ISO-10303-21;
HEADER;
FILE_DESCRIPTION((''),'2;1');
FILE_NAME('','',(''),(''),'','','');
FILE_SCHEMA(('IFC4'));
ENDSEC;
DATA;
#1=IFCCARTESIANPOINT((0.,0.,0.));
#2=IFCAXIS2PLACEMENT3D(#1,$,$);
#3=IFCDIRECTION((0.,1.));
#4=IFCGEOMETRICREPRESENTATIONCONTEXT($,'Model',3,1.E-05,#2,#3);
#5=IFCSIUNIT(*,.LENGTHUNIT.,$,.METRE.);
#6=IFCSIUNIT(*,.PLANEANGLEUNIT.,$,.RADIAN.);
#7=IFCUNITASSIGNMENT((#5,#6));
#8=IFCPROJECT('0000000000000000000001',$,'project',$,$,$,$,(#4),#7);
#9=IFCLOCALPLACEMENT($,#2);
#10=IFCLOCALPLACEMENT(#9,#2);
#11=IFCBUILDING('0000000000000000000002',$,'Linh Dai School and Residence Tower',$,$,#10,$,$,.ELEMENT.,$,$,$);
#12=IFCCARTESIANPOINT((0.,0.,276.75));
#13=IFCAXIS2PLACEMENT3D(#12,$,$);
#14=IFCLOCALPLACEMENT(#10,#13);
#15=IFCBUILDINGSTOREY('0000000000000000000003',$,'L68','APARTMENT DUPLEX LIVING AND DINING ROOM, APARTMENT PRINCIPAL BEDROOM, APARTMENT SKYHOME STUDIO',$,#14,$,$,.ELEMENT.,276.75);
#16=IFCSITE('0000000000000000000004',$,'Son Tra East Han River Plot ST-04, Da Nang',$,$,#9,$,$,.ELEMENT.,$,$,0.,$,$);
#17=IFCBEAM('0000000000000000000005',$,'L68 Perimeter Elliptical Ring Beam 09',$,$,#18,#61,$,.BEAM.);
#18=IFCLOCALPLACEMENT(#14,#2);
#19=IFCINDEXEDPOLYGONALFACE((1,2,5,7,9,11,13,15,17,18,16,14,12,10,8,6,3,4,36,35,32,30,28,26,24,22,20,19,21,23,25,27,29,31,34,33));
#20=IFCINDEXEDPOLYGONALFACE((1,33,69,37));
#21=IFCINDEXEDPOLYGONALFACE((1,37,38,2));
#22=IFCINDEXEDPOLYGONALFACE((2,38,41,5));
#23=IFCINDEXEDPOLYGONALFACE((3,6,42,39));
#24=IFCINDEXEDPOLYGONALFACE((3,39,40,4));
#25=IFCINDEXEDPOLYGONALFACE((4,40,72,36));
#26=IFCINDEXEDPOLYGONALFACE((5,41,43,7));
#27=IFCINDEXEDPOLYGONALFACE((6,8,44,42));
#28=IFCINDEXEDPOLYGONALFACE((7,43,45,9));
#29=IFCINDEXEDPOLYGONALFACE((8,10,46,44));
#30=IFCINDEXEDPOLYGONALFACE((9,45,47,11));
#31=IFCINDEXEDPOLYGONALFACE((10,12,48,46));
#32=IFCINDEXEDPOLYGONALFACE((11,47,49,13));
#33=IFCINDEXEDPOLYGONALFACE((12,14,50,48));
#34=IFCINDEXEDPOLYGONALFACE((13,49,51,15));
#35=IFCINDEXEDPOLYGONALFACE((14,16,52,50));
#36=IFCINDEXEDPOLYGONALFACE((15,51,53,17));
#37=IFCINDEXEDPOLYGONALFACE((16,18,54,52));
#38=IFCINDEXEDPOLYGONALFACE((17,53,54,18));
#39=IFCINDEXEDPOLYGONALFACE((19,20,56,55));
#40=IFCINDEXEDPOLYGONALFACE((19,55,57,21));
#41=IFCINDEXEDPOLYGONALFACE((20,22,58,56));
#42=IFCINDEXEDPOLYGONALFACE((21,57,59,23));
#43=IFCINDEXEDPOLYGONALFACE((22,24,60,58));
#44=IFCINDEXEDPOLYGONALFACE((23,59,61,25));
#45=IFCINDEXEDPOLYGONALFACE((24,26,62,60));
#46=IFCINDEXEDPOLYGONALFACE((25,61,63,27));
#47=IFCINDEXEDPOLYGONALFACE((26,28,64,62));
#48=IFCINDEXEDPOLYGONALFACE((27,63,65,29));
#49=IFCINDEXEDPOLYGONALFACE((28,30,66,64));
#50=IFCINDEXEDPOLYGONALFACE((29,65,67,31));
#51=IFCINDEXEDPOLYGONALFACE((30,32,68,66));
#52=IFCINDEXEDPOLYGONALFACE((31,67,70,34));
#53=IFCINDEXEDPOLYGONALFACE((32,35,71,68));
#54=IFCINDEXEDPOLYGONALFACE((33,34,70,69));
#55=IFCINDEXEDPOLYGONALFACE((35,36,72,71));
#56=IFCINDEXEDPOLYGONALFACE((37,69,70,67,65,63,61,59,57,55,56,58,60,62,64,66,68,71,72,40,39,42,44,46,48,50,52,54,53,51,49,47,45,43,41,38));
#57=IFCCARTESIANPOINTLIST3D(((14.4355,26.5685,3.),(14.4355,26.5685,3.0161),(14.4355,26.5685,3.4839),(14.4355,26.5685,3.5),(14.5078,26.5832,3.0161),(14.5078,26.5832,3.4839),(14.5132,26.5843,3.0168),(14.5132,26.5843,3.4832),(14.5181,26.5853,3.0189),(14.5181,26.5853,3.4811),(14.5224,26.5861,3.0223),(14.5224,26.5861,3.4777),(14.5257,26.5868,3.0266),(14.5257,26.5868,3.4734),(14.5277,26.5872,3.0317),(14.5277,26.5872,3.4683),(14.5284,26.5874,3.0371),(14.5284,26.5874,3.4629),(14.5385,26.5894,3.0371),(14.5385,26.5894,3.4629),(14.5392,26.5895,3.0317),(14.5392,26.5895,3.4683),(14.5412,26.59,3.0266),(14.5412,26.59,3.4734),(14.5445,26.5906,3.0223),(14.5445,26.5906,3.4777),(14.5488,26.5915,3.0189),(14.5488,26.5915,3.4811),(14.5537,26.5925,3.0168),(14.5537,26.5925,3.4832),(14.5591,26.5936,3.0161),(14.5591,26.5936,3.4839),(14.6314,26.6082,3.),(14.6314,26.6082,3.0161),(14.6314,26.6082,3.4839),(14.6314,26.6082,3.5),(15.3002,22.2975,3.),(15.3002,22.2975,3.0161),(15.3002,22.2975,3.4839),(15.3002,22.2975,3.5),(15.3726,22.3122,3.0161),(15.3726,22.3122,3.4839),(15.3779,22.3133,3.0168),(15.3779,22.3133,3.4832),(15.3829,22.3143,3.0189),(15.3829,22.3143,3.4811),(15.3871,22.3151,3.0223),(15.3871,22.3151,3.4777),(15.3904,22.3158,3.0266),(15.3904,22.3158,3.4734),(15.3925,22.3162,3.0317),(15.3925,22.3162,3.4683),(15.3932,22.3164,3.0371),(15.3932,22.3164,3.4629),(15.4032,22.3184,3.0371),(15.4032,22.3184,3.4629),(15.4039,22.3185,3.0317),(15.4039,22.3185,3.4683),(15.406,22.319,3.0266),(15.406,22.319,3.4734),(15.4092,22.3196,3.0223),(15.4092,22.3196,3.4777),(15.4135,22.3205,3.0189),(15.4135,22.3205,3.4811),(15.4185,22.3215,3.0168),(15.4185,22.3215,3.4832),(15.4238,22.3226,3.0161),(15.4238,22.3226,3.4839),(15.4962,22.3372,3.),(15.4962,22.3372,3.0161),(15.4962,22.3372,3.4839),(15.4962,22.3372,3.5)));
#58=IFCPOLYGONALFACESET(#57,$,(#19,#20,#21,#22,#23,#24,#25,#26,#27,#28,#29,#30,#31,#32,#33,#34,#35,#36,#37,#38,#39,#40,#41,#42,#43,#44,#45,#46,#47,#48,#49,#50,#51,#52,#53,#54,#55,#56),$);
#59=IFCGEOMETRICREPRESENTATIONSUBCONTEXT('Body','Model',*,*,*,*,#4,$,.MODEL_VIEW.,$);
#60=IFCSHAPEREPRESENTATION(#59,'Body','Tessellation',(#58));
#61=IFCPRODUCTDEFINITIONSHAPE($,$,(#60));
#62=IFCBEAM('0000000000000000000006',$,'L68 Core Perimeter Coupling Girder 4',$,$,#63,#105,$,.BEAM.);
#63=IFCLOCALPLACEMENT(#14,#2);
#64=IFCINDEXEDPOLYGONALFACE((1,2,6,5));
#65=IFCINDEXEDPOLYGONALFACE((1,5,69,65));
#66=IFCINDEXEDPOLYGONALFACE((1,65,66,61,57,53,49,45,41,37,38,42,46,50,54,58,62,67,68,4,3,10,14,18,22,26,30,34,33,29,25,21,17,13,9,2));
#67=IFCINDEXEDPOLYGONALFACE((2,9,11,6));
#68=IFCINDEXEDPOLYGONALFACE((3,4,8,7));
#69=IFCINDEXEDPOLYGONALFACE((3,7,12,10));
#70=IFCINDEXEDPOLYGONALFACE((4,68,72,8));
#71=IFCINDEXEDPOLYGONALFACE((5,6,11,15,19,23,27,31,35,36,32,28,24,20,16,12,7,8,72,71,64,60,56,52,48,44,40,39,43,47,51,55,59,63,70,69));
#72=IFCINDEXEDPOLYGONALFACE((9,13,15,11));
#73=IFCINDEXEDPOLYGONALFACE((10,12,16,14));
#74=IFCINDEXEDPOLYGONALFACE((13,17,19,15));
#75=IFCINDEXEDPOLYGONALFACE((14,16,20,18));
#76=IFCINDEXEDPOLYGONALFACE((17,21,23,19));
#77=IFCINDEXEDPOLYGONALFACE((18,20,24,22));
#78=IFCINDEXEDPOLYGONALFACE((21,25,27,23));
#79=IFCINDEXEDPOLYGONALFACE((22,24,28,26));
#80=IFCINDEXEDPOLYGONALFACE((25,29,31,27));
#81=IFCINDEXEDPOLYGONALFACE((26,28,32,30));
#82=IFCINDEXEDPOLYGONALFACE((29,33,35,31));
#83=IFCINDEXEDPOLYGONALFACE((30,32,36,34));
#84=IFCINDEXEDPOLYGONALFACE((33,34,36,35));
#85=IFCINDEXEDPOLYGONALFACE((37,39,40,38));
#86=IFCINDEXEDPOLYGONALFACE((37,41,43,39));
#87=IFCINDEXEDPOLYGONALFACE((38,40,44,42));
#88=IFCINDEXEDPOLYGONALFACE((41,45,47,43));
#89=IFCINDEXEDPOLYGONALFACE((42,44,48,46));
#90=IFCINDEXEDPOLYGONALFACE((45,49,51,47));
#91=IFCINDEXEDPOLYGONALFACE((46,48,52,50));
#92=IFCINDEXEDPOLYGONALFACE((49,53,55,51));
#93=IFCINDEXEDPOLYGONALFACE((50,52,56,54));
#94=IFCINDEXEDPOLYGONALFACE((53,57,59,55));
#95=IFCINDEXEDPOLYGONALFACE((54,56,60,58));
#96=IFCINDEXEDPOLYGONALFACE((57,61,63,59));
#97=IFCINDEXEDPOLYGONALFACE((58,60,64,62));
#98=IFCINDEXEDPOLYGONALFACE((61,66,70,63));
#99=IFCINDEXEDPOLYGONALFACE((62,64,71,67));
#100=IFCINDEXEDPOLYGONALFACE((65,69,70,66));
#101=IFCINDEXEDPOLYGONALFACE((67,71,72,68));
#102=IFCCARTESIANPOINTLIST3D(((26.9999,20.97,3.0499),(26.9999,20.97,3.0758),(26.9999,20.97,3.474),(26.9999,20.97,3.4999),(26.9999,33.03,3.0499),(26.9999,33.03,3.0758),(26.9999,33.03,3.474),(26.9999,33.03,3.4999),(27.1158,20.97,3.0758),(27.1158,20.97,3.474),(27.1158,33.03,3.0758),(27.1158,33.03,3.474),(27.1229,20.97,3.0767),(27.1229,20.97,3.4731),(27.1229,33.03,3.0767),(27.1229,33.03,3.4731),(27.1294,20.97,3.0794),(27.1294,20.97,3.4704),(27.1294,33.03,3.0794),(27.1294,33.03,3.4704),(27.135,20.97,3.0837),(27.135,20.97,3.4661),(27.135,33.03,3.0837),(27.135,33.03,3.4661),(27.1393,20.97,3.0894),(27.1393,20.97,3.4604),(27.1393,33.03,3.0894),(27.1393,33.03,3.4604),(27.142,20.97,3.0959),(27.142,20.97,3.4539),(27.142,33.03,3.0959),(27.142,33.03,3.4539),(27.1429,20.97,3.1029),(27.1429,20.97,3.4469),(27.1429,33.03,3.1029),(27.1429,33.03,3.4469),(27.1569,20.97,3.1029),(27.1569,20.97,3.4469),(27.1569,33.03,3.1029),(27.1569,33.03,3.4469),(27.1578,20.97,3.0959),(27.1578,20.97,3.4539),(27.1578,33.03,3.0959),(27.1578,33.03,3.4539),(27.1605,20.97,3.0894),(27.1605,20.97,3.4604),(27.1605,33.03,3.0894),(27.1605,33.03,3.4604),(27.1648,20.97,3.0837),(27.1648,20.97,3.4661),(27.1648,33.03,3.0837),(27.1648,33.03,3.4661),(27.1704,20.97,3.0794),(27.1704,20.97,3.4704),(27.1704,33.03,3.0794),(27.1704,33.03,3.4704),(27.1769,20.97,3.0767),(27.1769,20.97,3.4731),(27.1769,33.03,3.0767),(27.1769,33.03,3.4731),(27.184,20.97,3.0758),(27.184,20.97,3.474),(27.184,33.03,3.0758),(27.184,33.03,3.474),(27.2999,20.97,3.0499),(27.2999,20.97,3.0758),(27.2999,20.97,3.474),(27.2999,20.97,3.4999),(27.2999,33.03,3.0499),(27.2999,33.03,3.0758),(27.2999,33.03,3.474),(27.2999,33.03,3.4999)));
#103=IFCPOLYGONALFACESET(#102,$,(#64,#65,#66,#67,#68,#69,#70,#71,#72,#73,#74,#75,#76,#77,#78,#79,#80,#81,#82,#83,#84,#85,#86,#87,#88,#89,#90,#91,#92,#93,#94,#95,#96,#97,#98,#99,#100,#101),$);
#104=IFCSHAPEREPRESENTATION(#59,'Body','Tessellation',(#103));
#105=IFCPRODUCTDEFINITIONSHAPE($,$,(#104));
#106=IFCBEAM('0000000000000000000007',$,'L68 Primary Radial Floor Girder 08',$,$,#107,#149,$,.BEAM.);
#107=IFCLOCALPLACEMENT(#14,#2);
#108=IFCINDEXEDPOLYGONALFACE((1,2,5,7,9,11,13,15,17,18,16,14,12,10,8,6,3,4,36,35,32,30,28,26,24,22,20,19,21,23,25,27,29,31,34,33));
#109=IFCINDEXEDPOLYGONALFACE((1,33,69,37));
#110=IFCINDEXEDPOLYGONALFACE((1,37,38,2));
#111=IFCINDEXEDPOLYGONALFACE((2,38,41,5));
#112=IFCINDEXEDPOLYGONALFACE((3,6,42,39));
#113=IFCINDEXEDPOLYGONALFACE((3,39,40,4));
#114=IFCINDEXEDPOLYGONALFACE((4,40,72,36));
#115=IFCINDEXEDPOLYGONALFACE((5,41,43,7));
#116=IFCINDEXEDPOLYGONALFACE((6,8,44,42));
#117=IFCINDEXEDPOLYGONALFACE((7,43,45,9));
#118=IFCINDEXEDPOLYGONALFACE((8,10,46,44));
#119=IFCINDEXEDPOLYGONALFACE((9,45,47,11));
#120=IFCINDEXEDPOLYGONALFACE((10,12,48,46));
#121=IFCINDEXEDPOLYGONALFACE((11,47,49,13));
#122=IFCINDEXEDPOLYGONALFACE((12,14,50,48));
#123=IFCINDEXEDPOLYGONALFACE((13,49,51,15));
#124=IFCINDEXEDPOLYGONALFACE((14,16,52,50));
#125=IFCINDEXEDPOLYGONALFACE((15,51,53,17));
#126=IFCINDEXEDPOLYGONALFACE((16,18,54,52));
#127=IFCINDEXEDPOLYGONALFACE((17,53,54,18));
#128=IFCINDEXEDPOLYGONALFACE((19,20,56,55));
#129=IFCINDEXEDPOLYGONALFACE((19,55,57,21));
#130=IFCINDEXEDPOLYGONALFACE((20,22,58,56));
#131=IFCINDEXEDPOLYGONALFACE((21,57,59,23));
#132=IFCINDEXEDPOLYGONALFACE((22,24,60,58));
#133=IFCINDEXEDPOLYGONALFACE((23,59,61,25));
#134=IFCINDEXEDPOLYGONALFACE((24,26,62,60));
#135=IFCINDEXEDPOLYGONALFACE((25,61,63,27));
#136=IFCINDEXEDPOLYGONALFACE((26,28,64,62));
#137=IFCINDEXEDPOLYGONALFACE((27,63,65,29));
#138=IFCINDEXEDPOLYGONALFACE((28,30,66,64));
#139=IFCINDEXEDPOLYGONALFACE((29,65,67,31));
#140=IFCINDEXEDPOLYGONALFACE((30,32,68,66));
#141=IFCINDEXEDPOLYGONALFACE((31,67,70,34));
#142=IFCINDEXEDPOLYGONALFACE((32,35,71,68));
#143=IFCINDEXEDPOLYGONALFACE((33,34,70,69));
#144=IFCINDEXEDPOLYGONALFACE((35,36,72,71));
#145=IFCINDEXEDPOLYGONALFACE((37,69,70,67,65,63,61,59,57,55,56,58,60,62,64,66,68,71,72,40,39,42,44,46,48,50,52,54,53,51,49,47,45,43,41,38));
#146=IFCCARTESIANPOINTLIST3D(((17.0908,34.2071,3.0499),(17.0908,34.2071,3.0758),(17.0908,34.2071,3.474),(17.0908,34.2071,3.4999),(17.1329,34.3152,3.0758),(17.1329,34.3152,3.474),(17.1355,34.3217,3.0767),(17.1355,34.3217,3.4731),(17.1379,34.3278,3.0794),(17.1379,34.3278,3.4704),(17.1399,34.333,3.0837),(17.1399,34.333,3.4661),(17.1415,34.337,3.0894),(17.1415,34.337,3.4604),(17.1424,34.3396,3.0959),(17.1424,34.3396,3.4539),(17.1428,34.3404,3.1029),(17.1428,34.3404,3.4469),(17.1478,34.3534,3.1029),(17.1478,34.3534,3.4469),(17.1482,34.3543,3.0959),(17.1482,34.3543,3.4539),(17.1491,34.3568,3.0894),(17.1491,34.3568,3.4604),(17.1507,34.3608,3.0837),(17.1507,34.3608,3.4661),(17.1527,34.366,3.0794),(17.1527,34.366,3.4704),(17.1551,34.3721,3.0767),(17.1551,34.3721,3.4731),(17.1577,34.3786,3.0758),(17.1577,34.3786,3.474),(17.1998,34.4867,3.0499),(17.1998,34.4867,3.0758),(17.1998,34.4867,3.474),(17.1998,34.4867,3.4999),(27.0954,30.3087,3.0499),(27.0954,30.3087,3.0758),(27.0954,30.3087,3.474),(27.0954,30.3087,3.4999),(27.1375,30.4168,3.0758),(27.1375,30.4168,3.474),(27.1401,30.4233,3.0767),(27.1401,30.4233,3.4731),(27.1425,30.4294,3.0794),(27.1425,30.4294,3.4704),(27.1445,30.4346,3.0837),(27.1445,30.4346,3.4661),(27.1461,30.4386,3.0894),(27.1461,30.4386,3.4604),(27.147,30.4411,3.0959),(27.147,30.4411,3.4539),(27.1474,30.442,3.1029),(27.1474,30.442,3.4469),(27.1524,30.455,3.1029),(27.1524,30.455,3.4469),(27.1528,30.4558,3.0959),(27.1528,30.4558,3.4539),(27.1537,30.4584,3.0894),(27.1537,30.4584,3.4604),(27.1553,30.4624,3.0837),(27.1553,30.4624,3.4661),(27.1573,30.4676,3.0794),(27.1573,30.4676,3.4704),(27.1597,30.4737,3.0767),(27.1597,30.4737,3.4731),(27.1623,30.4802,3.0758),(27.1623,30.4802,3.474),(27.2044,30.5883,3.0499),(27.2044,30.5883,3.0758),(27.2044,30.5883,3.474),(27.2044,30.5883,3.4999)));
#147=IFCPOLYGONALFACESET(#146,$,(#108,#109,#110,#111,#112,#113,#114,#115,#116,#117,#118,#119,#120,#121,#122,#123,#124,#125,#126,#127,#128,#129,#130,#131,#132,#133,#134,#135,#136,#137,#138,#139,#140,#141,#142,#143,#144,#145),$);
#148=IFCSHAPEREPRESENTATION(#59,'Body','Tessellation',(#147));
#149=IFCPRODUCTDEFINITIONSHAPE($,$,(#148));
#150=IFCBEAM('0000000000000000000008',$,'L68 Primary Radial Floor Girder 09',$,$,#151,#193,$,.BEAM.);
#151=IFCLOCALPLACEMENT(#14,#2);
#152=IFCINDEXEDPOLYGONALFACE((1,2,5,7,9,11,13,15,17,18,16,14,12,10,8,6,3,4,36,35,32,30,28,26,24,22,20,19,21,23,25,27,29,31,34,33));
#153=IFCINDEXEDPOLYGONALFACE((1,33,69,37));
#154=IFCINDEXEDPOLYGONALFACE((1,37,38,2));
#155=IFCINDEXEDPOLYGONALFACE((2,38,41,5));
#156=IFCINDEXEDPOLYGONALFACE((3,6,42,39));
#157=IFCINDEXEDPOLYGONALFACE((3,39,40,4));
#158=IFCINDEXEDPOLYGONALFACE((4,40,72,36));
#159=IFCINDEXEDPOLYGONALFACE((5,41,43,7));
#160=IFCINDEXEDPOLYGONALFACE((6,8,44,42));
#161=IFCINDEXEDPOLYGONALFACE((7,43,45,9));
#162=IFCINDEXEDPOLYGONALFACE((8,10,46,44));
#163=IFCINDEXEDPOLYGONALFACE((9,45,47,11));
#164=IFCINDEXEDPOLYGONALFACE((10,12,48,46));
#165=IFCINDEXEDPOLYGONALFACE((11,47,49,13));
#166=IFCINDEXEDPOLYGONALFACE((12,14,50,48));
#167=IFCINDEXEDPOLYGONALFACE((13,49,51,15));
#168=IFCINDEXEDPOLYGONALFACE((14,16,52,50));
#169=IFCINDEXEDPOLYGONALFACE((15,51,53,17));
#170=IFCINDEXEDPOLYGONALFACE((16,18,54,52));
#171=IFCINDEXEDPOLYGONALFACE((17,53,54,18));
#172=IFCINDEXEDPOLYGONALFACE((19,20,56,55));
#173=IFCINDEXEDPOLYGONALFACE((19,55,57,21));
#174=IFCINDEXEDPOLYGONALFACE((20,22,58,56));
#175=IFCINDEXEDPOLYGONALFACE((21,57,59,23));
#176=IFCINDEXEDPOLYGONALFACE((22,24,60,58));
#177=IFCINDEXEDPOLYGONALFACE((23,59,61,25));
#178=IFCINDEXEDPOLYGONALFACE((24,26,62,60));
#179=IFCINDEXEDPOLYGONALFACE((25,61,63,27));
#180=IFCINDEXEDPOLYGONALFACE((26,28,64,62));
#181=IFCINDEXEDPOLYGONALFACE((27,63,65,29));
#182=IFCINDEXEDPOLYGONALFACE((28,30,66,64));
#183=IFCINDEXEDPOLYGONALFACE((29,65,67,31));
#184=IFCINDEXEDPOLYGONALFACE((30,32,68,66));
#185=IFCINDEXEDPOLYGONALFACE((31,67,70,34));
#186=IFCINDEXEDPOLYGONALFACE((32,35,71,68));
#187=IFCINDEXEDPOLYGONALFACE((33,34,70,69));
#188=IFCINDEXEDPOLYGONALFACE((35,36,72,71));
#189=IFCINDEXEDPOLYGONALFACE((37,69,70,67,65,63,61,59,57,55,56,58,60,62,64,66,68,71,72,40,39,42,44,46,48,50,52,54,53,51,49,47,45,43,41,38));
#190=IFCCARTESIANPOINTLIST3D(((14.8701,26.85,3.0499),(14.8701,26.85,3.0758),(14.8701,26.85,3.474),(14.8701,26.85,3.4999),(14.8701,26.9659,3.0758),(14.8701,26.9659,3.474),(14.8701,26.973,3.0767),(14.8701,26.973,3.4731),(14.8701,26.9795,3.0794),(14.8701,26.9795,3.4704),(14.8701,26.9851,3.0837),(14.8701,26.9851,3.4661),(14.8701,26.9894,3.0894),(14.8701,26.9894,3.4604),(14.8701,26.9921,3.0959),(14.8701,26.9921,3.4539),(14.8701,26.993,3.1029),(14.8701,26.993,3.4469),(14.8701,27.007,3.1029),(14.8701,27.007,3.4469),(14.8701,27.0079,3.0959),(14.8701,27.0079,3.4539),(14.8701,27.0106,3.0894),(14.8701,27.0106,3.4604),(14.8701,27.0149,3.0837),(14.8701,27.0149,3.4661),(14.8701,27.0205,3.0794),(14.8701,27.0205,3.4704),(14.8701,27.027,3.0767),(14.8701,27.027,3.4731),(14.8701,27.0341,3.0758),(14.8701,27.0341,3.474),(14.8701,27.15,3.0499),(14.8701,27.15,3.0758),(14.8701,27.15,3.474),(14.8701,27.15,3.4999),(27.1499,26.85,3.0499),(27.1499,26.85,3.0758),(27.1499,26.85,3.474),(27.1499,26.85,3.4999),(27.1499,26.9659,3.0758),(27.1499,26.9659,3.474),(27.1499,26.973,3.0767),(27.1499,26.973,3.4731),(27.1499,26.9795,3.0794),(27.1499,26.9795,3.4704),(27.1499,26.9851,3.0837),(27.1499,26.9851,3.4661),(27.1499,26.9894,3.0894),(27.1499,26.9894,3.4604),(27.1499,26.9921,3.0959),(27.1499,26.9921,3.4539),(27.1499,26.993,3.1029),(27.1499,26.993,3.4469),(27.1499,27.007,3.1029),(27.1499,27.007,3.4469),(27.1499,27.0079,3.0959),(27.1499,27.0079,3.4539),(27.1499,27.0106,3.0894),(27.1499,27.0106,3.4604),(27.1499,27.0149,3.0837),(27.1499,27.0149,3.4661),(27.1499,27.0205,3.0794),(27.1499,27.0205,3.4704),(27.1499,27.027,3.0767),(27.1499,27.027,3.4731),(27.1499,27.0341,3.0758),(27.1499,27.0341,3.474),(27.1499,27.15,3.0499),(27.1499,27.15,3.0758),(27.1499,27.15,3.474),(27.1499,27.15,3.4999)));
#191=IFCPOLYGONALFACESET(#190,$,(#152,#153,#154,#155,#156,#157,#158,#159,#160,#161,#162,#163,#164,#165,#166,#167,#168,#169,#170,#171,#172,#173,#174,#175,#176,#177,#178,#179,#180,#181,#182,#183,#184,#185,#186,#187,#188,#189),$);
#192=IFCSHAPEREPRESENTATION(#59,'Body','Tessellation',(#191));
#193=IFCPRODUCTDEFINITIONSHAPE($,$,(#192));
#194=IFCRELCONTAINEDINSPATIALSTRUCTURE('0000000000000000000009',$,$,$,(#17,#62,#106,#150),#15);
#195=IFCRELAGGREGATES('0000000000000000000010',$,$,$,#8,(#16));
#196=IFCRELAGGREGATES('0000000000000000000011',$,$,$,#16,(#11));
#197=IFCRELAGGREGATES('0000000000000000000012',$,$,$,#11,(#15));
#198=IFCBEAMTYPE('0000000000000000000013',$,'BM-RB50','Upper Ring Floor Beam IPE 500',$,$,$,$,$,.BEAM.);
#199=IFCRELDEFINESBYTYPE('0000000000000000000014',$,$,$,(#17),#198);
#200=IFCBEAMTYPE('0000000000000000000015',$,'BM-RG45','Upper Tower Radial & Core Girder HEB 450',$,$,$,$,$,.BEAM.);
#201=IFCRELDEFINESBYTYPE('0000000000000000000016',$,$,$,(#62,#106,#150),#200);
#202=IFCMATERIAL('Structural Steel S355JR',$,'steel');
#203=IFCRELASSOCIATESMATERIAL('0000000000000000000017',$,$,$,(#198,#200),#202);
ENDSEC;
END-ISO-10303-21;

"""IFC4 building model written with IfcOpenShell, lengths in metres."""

from ifc_helpers import new_model, si_unit, direction, frame, origin, origin_2d, place, context, subcontext, project, spatial, i_section, extrude, material, material_profile, profile_set, type_object, element, save


model = new_model("IFC4")

# Units and contexts
model_context = context("Model", 3, precision=1e-05, world=origin(), true_north=direction((0.0, 1.0)))
body_context = subcontext(model_context, "Body", "Model", "MODEL_VIEW")
ifc_project = project(units=[si_unit("LENGTHUNIT", "METRE"), si_unit("PLANEANGLEUNIT", "RADIAN")], contexts=[model_context])

# Site, building, storey
site_placement = place(None, origin())
site = spatial("IfcSite", under=ifc_project, at=site_placement, Name="Son Tra East Han River Plot ST-04, Da Nang", CompositionType="ELEMENT", RefElevation=0.0)
building_placement = place(site_placement, origin())
building = spatial("IfcBuilding", under=site, at=building_placement, Name="Linh Dai School and Residence Tower", CompositionType="ELEMENT")
storey_placement = place(building_placement, frame((0.0, 0.0, 276.75)))
storey = spatial("IfcBuildingStorey", under=building, at=storey_placement, Name="L68", Description="APARTMENT DUPLEX LIVING AND DINING ROOM, APARTMENT PRINCIPAL BEDROOM, APARTMENT SKYHOME STUDIO", CompositionType="ELEMENT", Elevation=276.75)

# Shared definitions
ifc_material_1 = material(Name="Structural Steel S355JR", Category="steel")

# Beams
ifc_material_profile_1 = material_profile(ifc_material_1, i_section(OverallWidth=0.2, OverallDepth=0.5, WebThickness=0.0103, FlangeThickness=0.0161, FilletRadius=0.021, at=origin_2d()), Name="IPE 500")
ifc_profile_set_1 = profile_set([ifc_material_profile_1], Name="Structural Steel S355JR")
beam_type_1 = type_object("IfcBeamType", Name="BM-RB50", Description="Upper Ring Floor Beam IPE 500", PredefinedType="BEAM", material=ifc_profile_set_1)
beam_1_placement = place(storey_placement, frame((14.5334, 26.5884, 3.25), z_axis=(0.198443, -0.980112, 0.0), x_axis=(0.980112, 0.198443, 0.0)))
element("IfcBeam", 1, at=beam_1_placement, inside=storey, type_object=beam_type_1, Name="L68 Perimeter Elliptical Ring Beam 09", PredefinedType="BEAM", context=body_context, shape_type="SweptSolid", body=[
    extrude(i_section(OverallWidth=0.2, OverallDepth=0.5, WebThickness=0.0103, FlangeThickness=0.0161, FilletRadius=0.021, at=origin_2d()), origin(), (0.0, 0.0, 1.0), 4.3577),
])
ifc_material_profile_2 = material_profile(ifc_material_1, i_section(OverallWidth=0.3, OverallDepth=0.45, WebThickness=0.0139, FlangeThickness=0.0259, FilletRadius=0.0271, at=origin_2d()), Name="HEB 450")
ifc_profile_set_2 = profile_set([ifc_material_profile_2], Name="Structural Steel S355JR")
beam_type_2 = type_object("IfcBeamType", Name="BM-RG45", Description="Upper Tower Radial & Core Girder HEB 450", PredefinedType="BEAM", material=ifc_profile_set_2)
beam_2_placement = place(storey_placement, frame((27.1499, 33.03, 3.2749), z_axis=(0.0, -1.0, 0.0), x_axis=(1.0, 0.0, 0.0)))
element("IfcBeam", 2, at=beam_2_placement, inside=storey, type_object=beam_type_2, Name="L68 Core Perimeter Coupling Girder 4", PredefinedType="BEAM", context=body_context, shape_type="SweptSolid", body=[
    extrude(i_section(OverallWidth=0.3, OverallDepth=0.45, WebThickness=0.0139, FlangeThickness=0.0259, FilletRadius=0.0271, at=origin_2d()), origin(), (0.0, 0.0, 1.0), 12.0601),
])
beam_3_placement = place(storey_placement, frame((27.1499, 30.4485, 3.2749), z_axis=(-0.931761, 0.363073, 0.0), x_axis=(-0.363073, -0.931761, 0.0)))
element("IfcBeam", 3, at=beam_3_placement, inside=storey, type_object=beam_type_2, Name="L68 Primary Radial Floor Girder 08", PredefinedType="BEAM", context=body_context, shape_type="SweptSolid", body=[
    extrude(i_section(OverallWidth=0.3, OverallDepth=0.45, WebThickness=0.0139, FlangeThickness=0.0259, FilletRadius=0.0271, at=origin_2d()), origin(), (0.0, 0.0, 1.0), 10.7373),
])
beam_4_placement = place(storey_placement, frame((27.1499, 27.0, 3.2749), z_axis=(-1.0, 0.0, 0.0), x_axis=(0.0, -1.0, 0.0)))
element("IfcBeam", 4, at=beam_4_placement, inside=storey, type_object=beam_type_2, Name="L68 Primary Radial Floor Girder 09", PredefinedType="BEAM", context=body_context, shape_type="SweptSolid", body=[
    extrude(i_section(OverallWidth=0.3, OverallDepth=0.45, WebThickness=0.0139, FlangeThickness=0.0259, FilletRadius=0.0271, at=origin_2d()), origin(), (0.0, 0.0, 1.0), 12.2798),
])

save(model, "model.ifc")
